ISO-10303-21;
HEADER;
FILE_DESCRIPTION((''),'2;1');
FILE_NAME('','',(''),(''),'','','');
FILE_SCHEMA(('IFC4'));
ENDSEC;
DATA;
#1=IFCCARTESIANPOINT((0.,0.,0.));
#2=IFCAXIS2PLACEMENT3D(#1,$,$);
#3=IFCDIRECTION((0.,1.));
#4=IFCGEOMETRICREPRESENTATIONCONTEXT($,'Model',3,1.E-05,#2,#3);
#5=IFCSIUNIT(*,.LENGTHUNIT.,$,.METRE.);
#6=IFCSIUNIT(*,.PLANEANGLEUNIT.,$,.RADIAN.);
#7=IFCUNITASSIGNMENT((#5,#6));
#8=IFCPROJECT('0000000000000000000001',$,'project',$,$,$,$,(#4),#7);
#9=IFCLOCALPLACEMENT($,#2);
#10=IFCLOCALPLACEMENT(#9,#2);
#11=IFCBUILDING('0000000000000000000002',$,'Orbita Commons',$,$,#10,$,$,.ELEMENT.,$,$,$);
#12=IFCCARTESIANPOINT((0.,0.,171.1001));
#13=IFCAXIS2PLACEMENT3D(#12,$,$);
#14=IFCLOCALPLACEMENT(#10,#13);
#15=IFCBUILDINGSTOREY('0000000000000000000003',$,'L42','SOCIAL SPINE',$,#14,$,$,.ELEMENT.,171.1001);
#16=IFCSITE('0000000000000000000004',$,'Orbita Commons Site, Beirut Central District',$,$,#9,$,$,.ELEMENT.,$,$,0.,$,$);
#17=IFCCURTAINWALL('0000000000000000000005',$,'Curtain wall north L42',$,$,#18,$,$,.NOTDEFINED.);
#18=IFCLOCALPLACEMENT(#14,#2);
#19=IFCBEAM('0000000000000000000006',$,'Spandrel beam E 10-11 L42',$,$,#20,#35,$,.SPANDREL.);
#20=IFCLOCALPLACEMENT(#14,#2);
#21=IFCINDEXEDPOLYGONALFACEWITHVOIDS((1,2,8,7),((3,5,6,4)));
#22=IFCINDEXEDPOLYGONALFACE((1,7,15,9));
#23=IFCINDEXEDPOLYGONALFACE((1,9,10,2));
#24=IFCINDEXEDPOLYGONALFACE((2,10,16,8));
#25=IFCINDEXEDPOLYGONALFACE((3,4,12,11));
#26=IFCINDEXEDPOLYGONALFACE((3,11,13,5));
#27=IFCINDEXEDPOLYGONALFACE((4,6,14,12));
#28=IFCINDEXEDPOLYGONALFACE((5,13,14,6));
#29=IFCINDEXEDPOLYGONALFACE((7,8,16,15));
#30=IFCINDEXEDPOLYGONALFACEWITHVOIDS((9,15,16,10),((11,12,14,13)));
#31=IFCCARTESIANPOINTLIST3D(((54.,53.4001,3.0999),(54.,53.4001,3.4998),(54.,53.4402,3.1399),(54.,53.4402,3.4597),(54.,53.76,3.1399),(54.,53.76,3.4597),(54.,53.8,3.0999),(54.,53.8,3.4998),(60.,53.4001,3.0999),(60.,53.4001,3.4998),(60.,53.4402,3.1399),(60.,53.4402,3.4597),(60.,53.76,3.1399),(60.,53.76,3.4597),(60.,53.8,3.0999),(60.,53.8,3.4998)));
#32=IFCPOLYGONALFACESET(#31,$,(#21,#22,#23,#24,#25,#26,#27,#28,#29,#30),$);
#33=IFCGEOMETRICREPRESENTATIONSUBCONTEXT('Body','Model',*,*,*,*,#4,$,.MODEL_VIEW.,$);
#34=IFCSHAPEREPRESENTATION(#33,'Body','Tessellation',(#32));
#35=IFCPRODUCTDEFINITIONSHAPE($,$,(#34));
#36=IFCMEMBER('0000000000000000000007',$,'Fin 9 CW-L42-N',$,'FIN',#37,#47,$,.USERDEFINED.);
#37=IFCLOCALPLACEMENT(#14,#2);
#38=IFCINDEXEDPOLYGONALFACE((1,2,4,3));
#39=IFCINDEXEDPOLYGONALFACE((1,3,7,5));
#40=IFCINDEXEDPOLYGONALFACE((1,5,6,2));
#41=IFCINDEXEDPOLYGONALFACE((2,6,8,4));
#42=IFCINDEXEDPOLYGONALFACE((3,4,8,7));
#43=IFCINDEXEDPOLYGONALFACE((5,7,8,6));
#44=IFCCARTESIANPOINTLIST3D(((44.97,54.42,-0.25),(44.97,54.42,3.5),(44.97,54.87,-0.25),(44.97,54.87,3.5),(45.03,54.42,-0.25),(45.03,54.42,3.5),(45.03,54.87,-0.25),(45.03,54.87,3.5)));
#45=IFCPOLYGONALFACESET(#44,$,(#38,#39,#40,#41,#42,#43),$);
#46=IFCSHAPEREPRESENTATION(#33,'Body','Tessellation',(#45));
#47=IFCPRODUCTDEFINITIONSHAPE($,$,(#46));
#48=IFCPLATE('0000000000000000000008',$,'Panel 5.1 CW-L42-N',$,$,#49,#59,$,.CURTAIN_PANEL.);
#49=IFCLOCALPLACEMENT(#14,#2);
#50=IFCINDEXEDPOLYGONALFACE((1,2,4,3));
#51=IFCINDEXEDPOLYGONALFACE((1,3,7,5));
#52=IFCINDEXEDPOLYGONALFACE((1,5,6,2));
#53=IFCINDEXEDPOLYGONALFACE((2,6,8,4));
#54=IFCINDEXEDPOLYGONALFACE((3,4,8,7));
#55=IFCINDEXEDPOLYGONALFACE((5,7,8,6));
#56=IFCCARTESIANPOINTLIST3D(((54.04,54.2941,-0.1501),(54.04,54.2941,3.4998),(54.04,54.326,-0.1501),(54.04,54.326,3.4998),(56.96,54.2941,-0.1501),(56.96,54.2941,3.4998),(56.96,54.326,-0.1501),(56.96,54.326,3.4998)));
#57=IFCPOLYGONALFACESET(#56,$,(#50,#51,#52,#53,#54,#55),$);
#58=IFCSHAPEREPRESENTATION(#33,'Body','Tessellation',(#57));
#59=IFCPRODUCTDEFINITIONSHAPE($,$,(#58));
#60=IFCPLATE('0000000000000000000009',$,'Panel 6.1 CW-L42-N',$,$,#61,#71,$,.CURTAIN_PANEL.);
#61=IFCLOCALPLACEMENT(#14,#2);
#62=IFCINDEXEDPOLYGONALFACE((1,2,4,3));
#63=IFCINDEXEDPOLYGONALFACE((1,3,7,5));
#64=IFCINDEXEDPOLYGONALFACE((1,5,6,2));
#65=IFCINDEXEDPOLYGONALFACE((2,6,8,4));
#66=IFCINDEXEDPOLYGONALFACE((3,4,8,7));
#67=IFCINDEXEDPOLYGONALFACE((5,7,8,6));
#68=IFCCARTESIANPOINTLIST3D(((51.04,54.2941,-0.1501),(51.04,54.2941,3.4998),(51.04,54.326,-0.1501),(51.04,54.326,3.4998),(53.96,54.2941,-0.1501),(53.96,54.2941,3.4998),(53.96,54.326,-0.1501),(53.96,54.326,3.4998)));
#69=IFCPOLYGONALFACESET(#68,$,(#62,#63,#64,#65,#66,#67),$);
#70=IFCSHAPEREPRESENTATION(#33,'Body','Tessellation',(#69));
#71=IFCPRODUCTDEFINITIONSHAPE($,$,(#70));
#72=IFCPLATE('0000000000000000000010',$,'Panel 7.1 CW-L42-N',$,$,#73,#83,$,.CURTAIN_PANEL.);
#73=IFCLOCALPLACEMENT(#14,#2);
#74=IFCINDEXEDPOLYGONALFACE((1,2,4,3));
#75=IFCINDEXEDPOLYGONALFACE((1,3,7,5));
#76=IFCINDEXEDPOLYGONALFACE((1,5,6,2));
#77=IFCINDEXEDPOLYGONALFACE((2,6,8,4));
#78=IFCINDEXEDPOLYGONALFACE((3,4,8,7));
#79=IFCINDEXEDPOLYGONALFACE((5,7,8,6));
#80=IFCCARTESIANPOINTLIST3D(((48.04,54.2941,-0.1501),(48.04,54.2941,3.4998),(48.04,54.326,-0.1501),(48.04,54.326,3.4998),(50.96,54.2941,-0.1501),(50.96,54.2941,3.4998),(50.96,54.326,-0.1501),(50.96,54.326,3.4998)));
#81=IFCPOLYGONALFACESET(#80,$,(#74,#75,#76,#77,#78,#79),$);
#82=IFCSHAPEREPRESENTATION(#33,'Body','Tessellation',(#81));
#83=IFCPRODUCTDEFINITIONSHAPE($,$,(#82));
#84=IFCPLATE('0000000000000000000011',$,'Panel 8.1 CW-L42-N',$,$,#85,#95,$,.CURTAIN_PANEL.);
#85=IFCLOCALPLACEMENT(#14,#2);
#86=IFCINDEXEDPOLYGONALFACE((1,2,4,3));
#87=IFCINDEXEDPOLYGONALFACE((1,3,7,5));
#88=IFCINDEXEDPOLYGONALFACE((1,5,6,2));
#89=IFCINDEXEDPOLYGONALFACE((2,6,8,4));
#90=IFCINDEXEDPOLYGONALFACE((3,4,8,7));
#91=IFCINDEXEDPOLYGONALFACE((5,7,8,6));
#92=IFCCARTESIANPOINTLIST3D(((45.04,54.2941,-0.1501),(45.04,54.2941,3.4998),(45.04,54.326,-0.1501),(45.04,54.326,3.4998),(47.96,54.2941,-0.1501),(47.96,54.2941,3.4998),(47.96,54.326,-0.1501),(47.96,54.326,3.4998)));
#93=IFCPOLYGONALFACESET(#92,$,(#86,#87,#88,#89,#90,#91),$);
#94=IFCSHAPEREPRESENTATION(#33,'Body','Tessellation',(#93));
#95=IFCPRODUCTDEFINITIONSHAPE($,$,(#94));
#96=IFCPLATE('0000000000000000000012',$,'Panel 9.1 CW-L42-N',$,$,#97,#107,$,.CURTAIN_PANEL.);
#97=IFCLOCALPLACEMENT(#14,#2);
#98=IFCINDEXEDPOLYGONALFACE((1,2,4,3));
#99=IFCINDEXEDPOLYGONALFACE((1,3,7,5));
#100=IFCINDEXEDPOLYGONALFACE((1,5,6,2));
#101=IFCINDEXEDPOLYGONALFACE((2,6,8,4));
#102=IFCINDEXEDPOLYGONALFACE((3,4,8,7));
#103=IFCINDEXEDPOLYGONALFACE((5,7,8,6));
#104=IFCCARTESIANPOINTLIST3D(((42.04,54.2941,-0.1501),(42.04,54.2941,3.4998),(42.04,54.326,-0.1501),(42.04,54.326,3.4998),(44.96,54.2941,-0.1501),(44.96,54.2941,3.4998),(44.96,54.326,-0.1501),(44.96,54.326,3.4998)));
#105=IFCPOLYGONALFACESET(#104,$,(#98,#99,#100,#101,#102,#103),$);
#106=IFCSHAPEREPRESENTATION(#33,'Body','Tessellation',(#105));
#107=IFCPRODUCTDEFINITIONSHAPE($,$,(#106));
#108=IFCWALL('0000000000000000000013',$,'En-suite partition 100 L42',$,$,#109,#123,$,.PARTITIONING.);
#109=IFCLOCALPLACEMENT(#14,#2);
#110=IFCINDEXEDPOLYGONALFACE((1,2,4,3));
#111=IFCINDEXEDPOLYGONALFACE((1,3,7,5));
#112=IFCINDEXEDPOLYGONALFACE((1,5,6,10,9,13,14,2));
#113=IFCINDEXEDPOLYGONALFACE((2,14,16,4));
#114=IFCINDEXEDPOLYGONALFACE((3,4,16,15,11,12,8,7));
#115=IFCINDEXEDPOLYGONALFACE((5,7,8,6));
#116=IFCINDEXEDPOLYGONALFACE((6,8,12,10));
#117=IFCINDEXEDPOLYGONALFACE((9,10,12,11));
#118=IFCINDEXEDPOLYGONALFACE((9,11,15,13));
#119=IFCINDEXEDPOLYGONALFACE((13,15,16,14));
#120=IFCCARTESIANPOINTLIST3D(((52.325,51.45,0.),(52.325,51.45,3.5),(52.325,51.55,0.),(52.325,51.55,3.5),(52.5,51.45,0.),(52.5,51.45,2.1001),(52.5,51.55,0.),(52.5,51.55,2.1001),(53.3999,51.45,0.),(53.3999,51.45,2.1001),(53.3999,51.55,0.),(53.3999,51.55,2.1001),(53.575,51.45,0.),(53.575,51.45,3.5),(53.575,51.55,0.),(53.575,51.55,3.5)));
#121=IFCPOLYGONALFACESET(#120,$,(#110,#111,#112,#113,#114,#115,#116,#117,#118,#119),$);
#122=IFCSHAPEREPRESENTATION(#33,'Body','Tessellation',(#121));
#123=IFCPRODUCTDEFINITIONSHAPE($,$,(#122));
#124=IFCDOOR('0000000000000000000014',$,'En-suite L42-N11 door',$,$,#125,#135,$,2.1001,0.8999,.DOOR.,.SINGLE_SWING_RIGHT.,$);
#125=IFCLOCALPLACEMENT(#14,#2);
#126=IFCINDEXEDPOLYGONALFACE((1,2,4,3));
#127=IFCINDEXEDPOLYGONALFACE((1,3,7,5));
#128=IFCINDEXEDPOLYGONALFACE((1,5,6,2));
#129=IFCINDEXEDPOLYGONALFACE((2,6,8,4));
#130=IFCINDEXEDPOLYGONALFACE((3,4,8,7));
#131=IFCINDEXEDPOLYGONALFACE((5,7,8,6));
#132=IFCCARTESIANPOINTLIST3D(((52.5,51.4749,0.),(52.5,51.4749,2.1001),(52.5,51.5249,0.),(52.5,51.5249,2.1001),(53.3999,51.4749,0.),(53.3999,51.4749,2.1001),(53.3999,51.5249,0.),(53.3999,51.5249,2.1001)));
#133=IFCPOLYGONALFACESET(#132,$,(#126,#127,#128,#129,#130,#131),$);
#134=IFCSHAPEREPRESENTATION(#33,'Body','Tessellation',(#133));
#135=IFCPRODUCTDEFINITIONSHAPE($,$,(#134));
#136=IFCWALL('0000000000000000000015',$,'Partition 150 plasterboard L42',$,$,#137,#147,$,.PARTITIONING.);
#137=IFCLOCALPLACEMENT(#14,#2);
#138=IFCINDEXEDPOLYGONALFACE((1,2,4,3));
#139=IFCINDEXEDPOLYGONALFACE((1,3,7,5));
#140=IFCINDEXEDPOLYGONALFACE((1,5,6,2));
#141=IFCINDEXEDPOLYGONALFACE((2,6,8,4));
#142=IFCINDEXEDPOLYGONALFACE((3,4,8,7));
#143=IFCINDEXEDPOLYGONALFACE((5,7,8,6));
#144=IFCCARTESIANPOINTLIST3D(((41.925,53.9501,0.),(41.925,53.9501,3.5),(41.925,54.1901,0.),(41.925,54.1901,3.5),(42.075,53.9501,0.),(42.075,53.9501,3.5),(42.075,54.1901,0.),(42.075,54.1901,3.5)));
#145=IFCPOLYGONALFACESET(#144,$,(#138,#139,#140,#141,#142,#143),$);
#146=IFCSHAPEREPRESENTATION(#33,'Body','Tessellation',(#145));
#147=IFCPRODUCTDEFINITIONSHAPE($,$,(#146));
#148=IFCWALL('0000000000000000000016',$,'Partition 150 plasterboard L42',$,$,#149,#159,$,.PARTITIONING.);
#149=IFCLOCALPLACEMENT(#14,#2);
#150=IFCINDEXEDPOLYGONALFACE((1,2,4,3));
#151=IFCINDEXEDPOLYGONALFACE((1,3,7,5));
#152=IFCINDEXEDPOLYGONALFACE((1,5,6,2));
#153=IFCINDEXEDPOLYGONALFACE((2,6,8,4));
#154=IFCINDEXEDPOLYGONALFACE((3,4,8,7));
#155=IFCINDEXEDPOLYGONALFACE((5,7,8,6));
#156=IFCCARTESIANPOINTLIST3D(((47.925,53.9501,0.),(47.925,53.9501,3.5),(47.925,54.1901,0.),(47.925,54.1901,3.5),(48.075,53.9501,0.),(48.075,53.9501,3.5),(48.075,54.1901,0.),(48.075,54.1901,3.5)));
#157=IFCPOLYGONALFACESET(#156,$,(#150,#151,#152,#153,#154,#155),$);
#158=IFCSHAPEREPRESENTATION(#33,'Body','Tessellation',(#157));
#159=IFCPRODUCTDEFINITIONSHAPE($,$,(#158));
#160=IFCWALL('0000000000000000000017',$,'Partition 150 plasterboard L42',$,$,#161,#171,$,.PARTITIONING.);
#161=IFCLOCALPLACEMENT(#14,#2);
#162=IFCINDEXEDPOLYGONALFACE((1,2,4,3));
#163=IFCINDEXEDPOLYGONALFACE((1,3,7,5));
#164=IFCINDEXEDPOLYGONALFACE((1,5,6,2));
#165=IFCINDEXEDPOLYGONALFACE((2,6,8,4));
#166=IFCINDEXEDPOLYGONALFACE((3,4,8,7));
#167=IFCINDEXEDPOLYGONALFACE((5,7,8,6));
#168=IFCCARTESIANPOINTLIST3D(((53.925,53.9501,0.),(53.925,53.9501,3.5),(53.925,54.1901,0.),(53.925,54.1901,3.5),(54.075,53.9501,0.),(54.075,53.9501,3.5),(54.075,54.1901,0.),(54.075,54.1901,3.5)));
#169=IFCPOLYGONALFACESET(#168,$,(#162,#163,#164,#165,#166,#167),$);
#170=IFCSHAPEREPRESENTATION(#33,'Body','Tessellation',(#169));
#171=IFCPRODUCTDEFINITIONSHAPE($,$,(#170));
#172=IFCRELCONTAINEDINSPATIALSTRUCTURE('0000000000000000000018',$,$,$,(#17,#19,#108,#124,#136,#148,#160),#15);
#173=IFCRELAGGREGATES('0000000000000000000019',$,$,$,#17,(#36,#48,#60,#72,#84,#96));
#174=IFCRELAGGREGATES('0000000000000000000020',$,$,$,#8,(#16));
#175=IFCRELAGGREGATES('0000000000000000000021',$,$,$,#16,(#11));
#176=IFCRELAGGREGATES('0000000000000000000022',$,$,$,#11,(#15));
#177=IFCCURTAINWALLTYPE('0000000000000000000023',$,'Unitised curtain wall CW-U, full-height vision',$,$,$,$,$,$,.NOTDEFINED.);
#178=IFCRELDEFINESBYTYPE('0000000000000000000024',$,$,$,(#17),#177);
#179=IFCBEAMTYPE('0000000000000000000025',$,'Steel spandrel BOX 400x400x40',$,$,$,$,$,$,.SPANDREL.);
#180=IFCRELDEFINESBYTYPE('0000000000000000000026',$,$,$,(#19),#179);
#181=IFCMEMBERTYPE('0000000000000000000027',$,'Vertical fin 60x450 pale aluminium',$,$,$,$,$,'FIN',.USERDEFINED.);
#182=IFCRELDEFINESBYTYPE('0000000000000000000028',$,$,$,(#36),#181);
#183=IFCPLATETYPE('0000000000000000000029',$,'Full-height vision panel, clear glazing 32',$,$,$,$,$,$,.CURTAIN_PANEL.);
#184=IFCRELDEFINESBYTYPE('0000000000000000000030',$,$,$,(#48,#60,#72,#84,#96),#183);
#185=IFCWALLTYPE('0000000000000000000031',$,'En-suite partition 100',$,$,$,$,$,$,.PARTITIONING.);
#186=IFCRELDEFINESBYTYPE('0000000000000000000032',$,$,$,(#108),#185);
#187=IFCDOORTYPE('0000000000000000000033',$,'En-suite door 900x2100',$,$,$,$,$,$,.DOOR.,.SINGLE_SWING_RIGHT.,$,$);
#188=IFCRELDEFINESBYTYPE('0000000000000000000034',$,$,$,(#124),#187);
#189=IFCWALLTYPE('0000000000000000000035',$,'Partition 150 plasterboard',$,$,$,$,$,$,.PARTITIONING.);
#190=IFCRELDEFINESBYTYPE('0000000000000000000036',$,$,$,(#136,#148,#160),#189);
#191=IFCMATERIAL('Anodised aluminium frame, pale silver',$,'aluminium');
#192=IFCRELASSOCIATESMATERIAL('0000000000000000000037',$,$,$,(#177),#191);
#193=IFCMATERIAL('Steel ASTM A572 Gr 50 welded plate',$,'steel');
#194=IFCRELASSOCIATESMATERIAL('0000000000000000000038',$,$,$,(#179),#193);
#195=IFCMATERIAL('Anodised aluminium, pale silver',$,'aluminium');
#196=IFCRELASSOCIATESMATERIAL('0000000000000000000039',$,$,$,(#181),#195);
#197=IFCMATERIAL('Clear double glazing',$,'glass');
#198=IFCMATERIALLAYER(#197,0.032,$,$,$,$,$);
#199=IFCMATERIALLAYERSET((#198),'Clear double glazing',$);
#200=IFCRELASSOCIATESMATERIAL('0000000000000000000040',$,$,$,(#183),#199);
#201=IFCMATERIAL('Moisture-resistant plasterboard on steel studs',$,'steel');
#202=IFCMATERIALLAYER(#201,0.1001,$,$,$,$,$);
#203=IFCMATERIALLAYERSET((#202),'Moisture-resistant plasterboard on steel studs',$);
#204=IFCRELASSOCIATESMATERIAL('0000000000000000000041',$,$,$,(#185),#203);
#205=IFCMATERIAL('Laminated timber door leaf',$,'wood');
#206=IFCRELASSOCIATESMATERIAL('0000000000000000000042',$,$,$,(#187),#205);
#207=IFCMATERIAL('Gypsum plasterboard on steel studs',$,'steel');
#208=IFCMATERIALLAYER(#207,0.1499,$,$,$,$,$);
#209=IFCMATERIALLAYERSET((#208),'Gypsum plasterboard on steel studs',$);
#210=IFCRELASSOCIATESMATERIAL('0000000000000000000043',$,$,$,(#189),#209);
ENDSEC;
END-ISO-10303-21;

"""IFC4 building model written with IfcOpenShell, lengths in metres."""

from ifc_helpers import new_model, si_unit, direction, frame, frame_2d, origin, origin_2d, place, context, subcontext, project, spatial, rectangle, hollow_rectangle, extrude, material, layer, layer_set, material_profile, profile_set, type_object, element, fill, aggregate, save


model = new_model("IFC4")

# Units and contexts
model_context = context("Model", 3, precision=1e-05, world=origin(), true_north=direction((0.0, 1.0)))
body_context = subcontext(model_context, "Body", "Model", "MODEL_VIEW")
ifc_project = project(units=[si_unit("LENGTHUNIT", "METRE"), si_unit("PLANEANGLEUNIT", "RADIAN")], contexts=[model_context])

# Site, building, storey
site_placement = place(None, origin())
site = spatial("IfcSite", under=ifc_project, at=site_placement, Name="Orbita Commons Site, Beirut Central District", CompositionType="ELEMENT", RefElevation=0.0)
building_placement = place(site_placement, origin())
building = spatial("IfcBuilding", under=site, at=building_placement, Name="Orbita Commons", CompositionType="ELEMENT")
storey_placement = place(building_placement, frame((0.0, 0.0, 171.1001)))
storey = spatial("IfcBuildingStorey", under=building, at=storey_placement, Name="L42", Description="SOCIAL SPINE", CompositionType="ELEMENT", Elevation=171.1001)

# Curtain wall
ifc_material_1 = material(Name="Anodised aluminium frame, pale silver", Category="aluminium")
curtain_wall_type = type_object("IfcCurtainWallType", Name="Unitised curtain wall CW-U, full-height vision", PredefinedType="NOTDEFINED", material=ifc_material_1)
curtain_wall_placement = place(storey_placement, origin())
curtain_wall = element("IfcCurtainWall", 1, at=curtain_wall_placement, inside=storey, type_object=curtain_wall_type, Name="Curtain wall north L42", PredefinedType="NOTDEFINED")

# Beam
ifc_material_2 = material(Name="Steel ASTM A572 Gr 50 welded plate", Category="steel")
ifc_material_profile_1 = material_profile(ifc_material_2, hollow_rectangle(XDim=0.3999, YDim=0.3999, WallThickness=0.04, at=origin_2d()), Name="BOX 400x400x40")
ifc_profile_set_1 = profile_set([ifc_material_profile_1], Name="Steel ASTM A572 Gr 50 welded plate")
beam_type = type_object("IfcBeamType", Name="Steel spandrel BOX 400x400x40", PredefinedType="SPANDREL", material=ifc_profile_set_1)
for number, where, z_axis, x_axis, name in (
    (2, (54.0, 53.6001, 3.2998), (1.0, 0.0, 0.0), (0.0, 1.0, 0.0), "Spandrel beam E 10-11 L42"),
):
    element("IfcBeam", number, at=place(storey_placement, frame(where, z_axis=z_axis, x_axis=x_axis)), inside=storey, type_object=beam_type, Name=name, PredefinedType="SPANDREL", context=body_context, shape_type="SweptSolid", body=[
        extrude(hollow_rectangle(XDim=0.3999, YDim=0.3999, WallThickness=0.04, at=origin_2d()), origin(), (0.0, 0.0, 1.0), 6.0),
    ])

# Member
ifc_material_3 = material(Name="Anodised aluminium, pale silver", Category="aluminium")
ifc_material_profile_2 = material_profile(ifc_material_3, rectangle(XDim=0.0601, YDim=0.45, at=origin_2d()), Name="FIN 60x450")
ifc_profile_set_2 = profile_set([ifc_material_profile_2], Name="Anodised aluminium, pale silver")
member_type_1 = type_object("IfcMemberType", Name="Vertical fin 60x450 pale aluminium", ElementType="FIN", PredefinedType="USERDEFINED", material=ifc_profile_set_2)
member_1_placement = place(storey_placement, frame((45.0, 54.645, -0.25), z_axis=(0.0, 0.0, 1.0), x_axis=(-1.0, 0.0, 0.0)))
member_1 = element("IfcMember", 3, at=member_1_placement, type_object=member_type_1, Name="Fin 9 CW-L42-N", ObjectType="FIN", PredefinedType="USERDEFINED", context=body_context, shape_type="SweptSolid", body=[
    extrude(rectangle(XDim=0.0601, YDim=0.45, at=origin_2d()), origin(), (0.0, 0.0, 1.0), 3.75),
])

# Plates
ifc_material_4 = material(Name="Clear double glazing", Category="glass")
ifc_layer_1 = layer(ifc_material_4, 0.032)
ifc_layer_set_1 = layer_set([ifc_layer_1], Name="Clear double glazing")
plate_type = type_object("IfcPlateType", Name="Full-height vision panel, clear glazing 32", PredefinedType="CURTAIN_PANEL", material=ifc_layer_set_1)
plate_1_placement = place(storey_placement, frame((55.5, 54.3101, -0.1501), z_axis=(0.0, 0.0, 1.0), x_axis=(-1.0, 0.0, 0.0)))
plate_1 = element("IfcPlate", 4, at=plate_1_placement, type_object=plate_type, Name="Panel 5.1 CW-L42-N", PredefinedType="CURTAIN_PANEL", context=body_context, shape_type="SweptSolid", body=[
    extrude(rectangle(XDim=2.9199, YDim=0.032, at=origin_2d()), origin(), (0.0, 0.0, 1.0), 3.6499),
])
plate_2_placement = place(storey_placement, frame((52.5, 54.3101, -0.1501), z_axis=(0.0, 0.0, 1.0), x_axis=(-1.0, 0.0, 0.0)))
plate_2 = element("IfcPlate", 5, at=plate_2_placement, type_object=plate_type, Name="Panel 6.1 CW-L42-N", PredefinedType="CURTAIN_PANEL", context=body_context, shape_type="SweptSolid", body=[
    extrude(rectangle(XDim=2.9199, YDim=0.032, at=origin_2d()), origin(), (0.0, 0.0, 1.0), 3.6499),
])
plate_3_placement = place(storey_placement, frame((49.5, 54.3101, -0.1501), z_axis=(0.0, 0.0, 1.0), x_axis=(-1.0, 0.0, 0.0)))
plate_3 = element("IfcPlate", 6, at=plate_3_placement, type_object=plate_type, Name="Panel 7.1 CW-L42-N", PredefinedType="CURTAIN_PANEL", context=body_context, shape_type="SweptSolid", body=[
    extrude(rectangle(XDim=2.9199, YDim=0.032, at=origin_2d()), origin(), (0.0, 0.0, 1.0), 3.6499),
])
plate_4_placement = place(storey_placement, frame((46.5, 54.3101, -0.1501), z_axis=(0.0, 0.0, 1.0), x_axis=(-1.0, 0.0, 0.0)))
plate_4 = element("IfcPlate", 7, at=plate_4_placement, type_object=plate_type, Name="Panel 8.1 CW-L42-N", PredefinedType="CURTAIN_PANEL", context=body_context, shape_type="SweptSolid", body=[
    extrude(rectangle(XDim=2.9199, YDim=0.032, at=origin_2d()), origin(), (0.0, 0.0, 1.0), 3.6499),
])
plate_5_placement = place(storey_placement, frame((43.5, 54.3101, -0.1501), z_axis=(0.0, 0.0, 1.0), x_axis=(-1.0, 0.0, 0.0)))
plate_5 = element("IfcPlate", 8, at=plate_5_placement, type_object=plate_type, Name="Panel 9.1 CW-L42-N", PredefinedType="CURTAIN_PANEL", context=body_context, shape_type="SweptSolid", body=[
    extrude(rectangle(XDim=2.9199, YDim=0.032, at=origin_2d()), origin(), (0.0, 0.0, 1.0), 3.6499),
])
aggregate(curtain_wall, [member_1, plate_1, plate_2, plate_3, plate_4, plate_5])

# Wall, opening, door
ifc_material_5 = material(Name="Moisture-resistant plasterboard on steel studs", Category="steel")
ifc_layer_2 = layer(ifc_material_5, 0.1001)
ifc_layer_set_2 = layer_set([ifc_layer_2], Name="Moisture-resistant plasterboard on steel studs")
wall_type_1 = type_object("IfcWallType", Name="En-suite partition 100", PredefinedType="PARTITIONING", material=ifc_layer_set_2)
wall_1_placement = place(storey_placement, frame((52.325, 51.5, 0.0), z_axis=(0.0, 0.0, 1.0), x_axis=(1.0, 0.0, 0.0)))
wall_1 = element("IfcWall", 9, at=wall_1_placement, inside=storey, type_object=wall_type_1, Name="En-suite partition 100 L42", PredefinedType="PARTITIONING", context=body_context, shape_type="SweptSolid", body=[
    extrude(rectangle(XDim=1.25, YDim=0.1001, at=frame_2d((0.625, 0.0))), origin(), (0.0, 0.0, 1.0), 3.5),
])
opening_placement = place(wall_1_placement, frame((0.175, 0.0, 0.0)))
opening = element("IfcOpeningElement", 10, at=opening_placement, cuts=wall_1, PredefinedType="OPENING", context=body_context, shape_type="SweptSolid", body=[
    extrude(rectangle(XDim=0.8999, YDim=2.1001, at=frame_2d((0.45, 1.05))), frame((0.0, 0.0601, 0.0), z_axis=(0.0, -1.0, 0.0), x_axis=(1.0, 0.0, 0.0)), (0.0, 0.0, 1.0), 0.1201),
])
ifc_material_6 = material(Name="Laminated timber door leaf", Category="wood")
door_type = type_object("IfcDoorType", Name="En-suite door 900x2100", OperationType="SINGLE_SWING_RIGHT", PredefinedType="DOOR", material=ifc_material_6)
door_placement = place(opening_placement, origin())
door = element("IfcDoor", 11, at=door_placement, inside=storey, type_object=door_type, Name="En-suite L42-N11 door", OperationType="SINGLE_SWING_RIGHT", OverallHeight=2.1001, OverallWidth=0.8999, PredefinedType="DOOR", context=body_context, shape_type="SweptSolid", body=[
    extrude(rectangle(XDim=0.8999, YDim=2.1001, at=frame_2d((0.45, 1.05))), frame((0.0, 0.0249, 0.0), z_axis=(0.0, -1.0, 0.0), x_axis=(1.0, 0.0, 0.0)), (0.0, 0.0, 1.0), 0.05),
])
fill(opening, door)

# Walls
ifc_material_7 = material(Name="Gypsum plasterboard on steel studs", Category="steel")
ifc_layer_3 = layer(ifc_material_7, 0.1499)
ifc_layer_set_3 = layer_set([ifc_layer_3], Name="Gypsum plasterboard on steel studs")
wall_type_2 = type_object("IfcWallType", Name="Partition 150 plasterboard", PredefinedType="PARTITIONING", material=ifc_layer_set_3)
for number, where, z_axis, x_axis, name in (
    (12, (42.0, 53.95, 0.0), (0.0, 0.0, 1.0), (0.0, 1.0, 0.0), "Partition 150 plasterboard L42"),
    (13, (48.0, 53.95, 0.0), (0.0, 0.0, 1.0), (0.0, 1.0, 0.0), "Partition 150 plasterboard L42"),
    (14, (54.0, 53.95, 0.0), (0.0, 0.0, 1.0), (0.0, 1.0, 0.0), "Partition 150 plasterboard L42"),
):
    element("IfcWall", number, at=place(storey_placement, frame(where, z_axis=z_axis, x_axis=x_axis)), inside=storey, type_object=wall_type_2, Name=name, PredefinedType="PARTITIONING", context=body_context, shape_type="SweptSolid", body=[
        extrude(rectangle(XDim=0.24, YDim=0.1499, at=frame_2d((0.1201, 0.0))), origin(), (0.0, 0.0, 1.0), 3.5),
    ])

save(model, "model.ifc")
